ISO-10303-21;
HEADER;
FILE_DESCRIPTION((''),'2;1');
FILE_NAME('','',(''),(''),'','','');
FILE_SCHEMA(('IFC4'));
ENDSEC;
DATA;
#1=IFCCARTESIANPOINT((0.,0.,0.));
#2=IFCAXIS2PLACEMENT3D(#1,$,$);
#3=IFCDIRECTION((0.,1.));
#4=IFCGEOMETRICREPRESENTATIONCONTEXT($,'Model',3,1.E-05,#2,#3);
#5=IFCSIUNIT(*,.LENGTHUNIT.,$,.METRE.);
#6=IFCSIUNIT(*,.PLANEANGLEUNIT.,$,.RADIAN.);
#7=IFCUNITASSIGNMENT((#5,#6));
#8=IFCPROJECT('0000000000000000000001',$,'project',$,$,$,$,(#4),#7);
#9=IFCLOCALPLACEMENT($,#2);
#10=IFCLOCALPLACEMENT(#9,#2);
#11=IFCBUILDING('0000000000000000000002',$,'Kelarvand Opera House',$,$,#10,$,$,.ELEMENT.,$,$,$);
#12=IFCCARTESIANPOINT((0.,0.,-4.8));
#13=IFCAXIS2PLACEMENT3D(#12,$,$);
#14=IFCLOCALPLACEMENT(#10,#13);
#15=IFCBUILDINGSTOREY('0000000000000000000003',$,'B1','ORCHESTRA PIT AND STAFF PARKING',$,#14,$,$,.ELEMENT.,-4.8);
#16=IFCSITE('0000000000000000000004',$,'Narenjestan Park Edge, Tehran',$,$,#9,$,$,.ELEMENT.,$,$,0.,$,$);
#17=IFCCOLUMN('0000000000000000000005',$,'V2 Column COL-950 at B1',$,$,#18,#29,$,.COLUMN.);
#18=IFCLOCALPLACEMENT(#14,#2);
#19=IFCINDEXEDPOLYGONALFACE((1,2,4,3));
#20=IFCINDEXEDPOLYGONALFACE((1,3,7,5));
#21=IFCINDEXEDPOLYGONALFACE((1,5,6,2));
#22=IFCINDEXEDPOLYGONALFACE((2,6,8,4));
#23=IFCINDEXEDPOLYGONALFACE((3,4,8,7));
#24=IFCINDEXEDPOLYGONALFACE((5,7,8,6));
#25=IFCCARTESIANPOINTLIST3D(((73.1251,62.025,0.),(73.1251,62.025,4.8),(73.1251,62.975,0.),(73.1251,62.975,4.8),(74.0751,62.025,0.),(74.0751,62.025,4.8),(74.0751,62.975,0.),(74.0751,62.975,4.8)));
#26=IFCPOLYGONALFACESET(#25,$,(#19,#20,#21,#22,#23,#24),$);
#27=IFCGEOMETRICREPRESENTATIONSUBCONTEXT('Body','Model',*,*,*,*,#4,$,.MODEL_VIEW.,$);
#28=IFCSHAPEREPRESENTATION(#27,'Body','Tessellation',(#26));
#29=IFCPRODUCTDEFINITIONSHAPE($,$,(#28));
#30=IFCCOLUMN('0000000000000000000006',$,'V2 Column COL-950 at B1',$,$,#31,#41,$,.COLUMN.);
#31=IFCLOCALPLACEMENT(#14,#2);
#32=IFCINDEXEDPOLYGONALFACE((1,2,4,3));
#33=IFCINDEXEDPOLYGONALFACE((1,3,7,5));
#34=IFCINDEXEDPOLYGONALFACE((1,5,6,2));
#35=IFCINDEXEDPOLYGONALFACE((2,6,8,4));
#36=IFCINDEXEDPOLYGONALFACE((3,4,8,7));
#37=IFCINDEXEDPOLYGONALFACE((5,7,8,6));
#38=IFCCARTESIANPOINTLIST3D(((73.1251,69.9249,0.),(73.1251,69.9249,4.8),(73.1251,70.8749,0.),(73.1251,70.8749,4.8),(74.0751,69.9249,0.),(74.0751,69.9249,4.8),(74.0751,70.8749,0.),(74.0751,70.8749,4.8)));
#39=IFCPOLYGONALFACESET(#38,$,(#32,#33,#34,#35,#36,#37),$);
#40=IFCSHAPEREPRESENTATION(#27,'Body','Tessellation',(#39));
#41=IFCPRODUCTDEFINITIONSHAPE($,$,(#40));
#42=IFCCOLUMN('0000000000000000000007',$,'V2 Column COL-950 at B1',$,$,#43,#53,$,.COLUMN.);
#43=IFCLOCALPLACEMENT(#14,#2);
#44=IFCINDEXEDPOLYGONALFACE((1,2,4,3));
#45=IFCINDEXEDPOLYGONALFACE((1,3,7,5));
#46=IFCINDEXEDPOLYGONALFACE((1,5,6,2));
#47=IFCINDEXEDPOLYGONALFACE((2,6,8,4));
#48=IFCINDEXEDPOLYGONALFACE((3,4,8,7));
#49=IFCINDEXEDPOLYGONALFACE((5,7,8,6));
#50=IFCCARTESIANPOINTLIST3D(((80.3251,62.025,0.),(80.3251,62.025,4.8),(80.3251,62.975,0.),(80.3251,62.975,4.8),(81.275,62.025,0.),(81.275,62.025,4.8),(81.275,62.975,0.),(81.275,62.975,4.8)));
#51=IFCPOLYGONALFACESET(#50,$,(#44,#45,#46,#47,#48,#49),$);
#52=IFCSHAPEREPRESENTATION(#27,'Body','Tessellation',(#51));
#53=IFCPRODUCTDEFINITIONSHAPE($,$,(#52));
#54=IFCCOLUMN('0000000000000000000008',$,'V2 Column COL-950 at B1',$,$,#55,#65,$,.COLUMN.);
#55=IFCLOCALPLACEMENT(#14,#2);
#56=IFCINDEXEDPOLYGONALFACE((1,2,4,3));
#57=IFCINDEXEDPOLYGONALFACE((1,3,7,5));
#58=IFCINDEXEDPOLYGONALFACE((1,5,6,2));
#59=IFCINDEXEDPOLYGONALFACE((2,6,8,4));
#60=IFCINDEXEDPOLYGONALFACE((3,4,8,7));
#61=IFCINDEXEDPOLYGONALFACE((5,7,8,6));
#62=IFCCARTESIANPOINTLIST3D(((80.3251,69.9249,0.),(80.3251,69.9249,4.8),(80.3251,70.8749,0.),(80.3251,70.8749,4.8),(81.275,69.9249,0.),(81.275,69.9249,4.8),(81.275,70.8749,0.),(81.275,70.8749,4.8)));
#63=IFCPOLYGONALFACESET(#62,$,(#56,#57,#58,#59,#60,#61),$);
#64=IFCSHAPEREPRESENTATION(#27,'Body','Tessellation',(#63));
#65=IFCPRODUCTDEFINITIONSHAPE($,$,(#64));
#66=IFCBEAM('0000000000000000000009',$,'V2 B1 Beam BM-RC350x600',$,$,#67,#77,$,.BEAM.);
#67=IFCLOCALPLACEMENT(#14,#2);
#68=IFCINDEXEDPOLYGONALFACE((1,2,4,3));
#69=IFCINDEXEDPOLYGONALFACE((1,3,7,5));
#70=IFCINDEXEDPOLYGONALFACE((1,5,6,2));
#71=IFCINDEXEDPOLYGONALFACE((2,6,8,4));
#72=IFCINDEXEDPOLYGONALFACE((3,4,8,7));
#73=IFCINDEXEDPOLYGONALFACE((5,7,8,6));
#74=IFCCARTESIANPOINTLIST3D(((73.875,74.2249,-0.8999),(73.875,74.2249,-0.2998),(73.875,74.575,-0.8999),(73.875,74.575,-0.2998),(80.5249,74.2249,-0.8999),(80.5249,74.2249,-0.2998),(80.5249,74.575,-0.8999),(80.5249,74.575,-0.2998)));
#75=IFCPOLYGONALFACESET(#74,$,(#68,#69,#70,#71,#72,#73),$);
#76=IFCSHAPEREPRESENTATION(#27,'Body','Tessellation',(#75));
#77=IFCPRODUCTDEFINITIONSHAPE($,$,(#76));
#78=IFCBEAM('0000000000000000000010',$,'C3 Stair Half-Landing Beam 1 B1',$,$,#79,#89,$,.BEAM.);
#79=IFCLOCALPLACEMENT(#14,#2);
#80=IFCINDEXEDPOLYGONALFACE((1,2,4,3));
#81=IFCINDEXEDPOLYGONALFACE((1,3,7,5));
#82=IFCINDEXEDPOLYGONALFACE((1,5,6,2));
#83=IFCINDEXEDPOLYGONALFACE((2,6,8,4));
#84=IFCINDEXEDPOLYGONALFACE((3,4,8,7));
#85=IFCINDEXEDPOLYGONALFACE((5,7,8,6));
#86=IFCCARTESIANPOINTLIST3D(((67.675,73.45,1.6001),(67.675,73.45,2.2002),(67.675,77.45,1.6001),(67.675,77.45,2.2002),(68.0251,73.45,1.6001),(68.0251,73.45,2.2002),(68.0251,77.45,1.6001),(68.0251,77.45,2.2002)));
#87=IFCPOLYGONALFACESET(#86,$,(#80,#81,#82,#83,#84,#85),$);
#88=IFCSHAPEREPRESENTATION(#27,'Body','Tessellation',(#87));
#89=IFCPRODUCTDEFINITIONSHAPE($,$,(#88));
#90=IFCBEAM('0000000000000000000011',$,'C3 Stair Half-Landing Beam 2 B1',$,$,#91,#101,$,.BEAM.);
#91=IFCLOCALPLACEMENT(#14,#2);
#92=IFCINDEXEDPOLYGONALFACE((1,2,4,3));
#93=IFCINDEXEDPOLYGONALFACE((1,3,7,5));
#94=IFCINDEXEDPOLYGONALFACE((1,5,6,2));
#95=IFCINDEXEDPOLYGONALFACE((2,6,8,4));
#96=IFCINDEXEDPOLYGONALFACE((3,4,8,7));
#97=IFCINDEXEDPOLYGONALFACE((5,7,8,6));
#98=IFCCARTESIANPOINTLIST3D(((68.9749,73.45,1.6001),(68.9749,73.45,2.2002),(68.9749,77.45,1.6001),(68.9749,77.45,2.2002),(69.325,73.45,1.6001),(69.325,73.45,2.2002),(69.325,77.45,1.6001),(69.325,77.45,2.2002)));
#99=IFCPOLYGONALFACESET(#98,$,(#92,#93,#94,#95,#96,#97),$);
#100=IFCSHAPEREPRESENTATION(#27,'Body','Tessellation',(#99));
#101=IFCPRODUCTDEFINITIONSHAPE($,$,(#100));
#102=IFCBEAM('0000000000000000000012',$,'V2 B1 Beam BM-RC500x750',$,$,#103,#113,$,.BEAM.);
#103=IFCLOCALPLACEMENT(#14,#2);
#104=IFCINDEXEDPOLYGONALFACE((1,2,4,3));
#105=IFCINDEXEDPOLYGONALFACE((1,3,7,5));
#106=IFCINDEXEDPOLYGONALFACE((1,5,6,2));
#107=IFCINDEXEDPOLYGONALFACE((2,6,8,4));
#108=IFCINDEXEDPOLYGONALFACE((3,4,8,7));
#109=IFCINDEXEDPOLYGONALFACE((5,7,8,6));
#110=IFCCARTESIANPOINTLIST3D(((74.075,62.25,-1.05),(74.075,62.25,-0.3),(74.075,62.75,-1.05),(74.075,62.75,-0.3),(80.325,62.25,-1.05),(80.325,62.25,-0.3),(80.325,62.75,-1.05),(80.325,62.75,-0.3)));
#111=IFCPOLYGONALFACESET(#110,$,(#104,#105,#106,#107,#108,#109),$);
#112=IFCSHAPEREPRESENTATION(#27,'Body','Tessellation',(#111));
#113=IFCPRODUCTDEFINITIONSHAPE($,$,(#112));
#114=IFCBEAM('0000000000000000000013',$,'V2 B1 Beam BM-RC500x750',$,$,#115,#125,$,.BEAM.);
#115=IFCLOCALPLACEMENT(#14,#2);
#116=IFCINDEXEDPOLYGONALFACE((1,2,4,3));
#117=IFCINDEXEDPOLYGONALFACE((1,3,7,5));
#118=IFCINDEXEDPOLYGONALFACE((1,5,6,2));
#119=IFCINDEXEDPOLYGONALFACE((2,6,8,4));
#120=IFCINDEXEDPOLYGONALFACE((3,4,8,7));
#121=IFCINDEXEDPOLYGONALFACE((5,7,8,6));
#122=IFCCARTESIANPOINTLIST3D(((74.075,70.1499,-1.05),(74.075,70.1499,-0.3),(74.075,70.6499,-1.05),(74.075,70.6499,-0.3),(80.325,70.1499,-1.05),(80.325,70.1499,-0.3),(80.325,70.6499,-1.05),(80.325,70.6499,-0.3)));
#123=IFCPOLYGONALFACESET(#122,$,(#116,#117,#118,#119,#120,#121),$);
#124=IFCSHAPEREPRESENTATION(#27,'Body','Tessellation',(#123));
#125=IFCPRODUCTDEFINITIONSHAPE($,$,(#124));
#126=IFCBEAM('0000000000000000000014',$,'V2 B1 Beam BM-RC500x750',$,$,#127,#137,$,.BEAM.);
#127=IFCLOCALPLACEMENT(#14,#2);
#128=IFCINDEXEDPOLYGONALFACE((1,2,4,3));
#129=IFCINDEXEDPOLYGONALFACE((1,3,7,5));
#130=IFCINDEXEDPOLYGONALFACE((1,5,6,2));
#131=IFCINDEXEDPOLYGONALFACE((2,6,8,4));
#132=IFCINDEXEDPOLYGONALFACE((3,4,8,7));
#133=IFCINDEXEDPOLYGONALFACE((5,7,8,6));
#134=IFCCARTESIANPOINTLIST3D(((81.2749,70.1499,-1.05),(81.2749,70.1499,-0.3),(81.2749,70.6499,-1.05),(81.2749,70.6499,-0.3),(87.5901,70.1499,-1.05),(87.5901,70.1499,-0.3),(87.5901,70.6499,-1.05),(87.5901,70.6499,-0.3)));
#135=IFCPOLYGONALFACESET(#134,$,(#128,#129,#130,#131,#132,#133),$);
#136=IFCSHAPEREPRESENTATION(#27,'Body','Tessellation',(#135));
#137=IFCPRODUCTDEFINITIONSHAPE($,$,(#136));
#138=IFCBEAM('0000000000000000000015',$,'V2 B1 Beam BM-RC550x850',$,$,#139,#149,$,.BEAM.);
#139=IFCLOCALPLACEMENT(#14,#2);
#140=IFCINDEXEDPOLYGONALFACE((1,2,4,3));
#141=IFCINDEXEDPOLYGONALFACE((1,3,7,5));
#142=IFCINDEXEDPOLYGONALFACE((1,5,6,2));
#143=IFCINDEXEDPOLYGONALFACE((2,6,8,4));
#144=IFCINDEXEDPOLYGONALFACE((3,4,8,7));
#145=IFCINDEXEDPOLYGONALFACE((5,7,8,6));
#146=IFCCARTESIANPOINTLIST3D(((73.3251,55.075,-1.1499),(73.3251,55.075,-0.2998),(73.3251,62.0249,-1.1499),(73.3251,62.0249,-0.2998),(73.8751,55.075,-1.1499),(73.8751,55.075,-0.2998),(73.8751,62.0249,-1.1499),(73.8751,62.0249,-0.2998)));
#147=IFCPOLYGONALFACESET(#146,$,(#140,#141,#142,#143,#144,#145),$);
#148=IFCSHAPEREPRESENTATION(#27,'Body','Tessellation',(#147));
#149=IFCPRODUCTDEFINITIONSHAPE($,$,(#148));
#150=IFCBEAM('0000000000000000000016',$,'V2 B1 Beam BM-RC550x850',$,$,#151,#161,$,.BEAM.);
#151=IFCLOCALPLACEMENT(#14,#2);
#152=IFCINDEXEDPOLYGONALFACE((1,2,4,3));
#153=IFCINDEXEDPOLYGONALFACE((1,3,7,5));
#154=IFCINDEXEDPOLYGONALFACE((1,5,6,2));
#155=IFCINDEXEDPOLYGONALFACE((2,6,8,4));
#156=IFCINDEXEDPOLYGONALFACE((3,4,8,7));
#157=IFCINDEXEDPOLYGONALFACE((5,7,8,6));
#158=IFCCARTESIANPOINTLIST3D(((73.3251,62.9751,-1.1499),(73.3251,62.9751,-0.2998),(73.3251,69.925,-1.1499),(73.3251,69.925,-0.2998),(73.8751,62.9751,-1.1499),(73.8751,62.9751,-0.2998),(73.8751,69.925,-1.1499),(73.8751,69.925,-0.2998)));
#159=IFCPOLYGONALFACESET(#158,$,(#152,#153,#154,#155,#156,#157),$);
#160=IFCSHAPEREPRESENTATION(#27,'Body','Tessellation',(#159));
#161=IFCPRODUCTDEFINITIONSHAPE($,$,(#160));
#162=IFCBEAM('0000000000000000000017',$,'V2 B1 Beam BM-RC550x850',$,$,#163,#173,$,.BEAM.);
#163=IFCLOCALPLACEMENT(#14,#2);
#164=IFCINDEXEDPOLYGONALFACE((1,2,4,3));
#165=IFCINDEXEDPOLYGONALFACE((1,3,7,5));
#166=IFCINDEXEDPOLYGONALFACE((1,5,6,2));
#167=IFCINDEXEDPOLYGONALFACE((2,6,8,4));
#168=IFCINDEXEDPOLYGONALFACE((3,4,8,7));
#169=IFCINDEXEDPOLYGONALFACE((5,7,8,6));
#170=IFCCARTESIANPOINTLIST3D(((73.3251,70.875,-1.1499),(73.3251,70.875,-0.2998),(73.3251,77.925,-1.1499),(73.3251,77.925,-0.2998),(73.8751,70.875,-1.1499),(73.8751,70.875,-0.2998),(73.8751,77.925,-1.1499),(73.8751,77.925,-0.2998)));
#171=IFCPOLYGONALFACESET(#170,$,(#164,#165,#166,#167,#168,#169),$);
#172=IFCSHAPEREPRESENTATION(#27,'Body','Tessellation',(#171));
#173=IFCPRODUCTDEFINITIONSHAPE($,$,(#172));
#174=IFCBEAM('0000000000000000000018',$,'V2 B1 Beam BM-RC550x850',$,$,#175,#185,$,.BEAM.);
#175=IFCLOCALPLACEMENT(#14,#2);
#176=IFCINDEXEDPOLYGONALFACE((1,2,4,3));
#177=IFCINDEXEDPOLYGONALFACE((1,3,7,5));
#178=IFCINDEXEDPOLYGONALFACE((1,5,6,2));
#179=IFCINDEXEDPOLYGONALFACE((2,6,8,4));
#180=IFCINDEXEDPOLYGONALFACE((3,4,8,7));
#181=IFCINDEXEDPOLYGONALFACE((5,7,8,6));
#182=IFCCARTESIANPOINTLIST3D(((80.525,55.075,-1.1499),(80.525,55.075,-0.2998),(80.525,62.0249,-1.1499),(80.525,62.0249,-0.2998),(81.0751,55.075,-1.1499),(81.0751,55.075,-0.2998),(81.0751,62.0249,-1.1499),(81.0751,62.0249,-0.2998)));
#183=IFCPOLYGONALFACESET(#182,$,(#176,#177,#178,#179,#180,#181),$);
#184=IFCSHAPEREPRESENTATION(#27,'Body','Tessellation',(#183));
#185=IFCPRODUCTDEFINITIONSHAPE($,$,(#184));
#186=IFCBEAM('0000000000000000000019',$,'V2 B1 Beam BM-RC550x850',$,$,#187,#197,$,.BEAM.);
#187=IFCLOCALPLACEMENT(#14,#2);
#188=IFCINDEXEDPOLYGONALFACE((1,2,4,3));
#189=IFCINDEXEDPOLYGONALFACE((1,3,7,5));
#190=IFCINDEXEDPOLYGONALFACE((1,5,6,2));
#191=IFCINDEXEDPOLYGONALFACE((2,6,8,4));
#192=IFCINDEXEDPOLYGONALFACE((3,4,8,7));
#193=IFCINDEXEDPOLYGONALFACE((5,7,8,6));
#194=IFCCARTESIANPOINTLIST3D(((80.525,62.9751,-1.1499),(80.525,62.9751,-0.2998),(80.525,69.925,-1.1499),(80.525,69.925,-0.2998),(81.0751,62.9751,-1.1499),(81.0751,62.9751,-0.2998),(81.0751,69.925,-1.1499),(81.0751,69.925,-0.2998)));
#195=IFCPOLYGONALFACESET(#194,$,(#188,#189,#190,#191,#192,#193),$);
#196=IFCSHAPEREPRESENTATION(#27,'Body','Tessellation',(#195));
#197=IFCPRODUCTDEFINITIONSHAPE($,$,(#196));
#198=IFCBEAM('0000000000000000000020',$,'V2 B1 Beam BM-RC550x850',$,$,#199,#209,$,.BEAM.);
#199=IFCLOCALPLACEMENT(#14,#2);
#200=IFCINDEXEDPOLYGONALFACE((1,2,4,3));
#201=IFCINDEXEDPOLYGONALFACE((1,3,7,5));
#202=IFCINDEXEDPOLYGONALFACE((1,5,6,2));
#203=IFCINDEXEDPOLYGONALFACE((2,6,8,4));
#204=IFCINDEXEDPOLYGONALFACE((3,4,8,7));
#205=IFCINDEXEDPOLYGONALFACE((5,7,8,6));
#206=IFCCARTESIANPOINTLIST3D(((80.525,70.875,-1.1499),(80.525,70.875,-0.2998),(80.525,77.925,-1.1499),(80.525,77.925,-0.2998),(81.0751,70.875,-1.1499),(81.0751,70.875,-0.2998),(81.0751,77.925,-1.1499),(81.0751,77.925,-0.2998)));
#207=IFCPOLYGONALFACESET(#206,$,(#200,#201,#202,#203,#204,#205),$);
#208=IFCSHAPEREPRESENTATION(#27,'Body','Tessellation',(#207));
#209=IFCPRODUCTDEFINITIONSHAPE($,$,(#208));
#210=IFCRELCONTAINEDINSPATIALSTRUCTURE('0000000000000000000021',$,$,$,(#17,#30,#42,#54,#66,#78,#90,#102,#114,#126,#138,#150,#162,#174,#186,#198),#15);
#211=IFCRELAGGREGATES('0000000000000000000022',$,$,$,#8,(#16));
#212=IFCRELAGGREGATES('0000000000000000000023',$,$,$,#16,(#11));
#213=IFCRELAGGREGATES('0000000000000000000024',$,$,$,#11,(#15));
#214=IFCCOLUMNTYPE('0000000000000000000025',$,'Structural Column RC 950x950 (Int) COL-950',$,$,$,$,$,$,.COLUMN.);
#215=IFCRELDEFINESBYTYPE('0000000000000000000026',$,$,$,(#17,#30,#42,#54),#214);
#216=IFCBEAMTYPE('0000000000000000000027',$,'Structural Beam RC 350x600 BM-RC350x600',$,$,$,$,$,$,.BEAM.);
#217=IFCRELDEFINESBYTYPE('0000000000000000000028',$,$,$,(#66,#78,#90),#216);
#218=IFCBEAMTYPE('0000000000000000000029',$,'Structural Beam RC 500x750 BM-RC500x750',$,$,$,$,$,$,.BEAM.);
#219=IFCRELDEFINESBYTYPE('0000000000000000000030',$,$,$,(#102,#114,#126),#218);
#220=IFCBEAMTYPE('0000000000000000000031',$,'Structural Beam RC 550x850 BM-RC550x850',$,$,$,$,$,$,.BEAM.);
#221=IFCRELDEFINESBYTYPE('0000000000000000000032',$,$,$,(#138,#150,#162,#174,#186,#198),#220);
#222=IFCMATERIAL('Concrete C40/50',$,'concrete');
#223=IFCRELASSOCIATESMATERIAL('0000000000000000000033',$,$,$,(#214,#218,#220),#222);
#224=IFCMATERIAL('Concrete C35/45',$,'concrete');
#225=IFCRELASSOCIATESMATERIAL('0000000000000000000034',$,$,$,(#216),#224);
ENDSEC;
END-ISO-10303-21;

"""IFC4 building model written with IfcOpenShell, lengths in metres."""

from ifc_helpers import new_model, si_unit, direction, frame, origin, origin_2d, place, context, subcontext, project, spatial, rectangle, extrude, material, material_profile, profile_set, type_object, element, save


model = new_model("IFC4")

# Units and contexts
model_context = context("Model", 3, precision=1e-05, world=origin(), true_north=direction((0.0, 1.0)))
body_context = subcontext(model_context, "Body", "Model", "MODEL_VIEW")
ifc_project = project(units=[si_unit("LENGTHUNIT", "METRE"), si_unit("PLANEANGLEUNIT", "RADIAN")], contexts=[model_context])

# Site, building, storey
site_placement = place(None, origin())
site = spatial("IfcSite", under=ifc_project, at=site_placement, Name="Narenjestan Park Edge, Tehran", CompositionType="ELEMENT", RefElevation=0.0)
building_placement = place(site_placement, origin())
building = spatial("IfcBuilding", under=site, at=building_placement, Name="Kelarvand Opera House", CompositionType="ELEMENT")
storey_placement = place(building_placement, frame((0.0, 0.0, -4.8)))
storey = spatial("IfcBuildingStorey", under=building, at=storey_placement, Name="B1", Description="ORCHESTRA PIT AND STAFF PARKING", CompositionType="ELEMENT", Elevation=-4.8)

# Columns
ifc_material_1 = material(Name="Concrete C40/50", Category="concrete")
ifc_material_profile_1 = material_profile(ifc_material_1, rectangle(XDim=0.95, YDim=0.95, at=origin_2d()), Name="RC 950x950", Category="concrete")
ifc_profile_set_1 = profile_set([ifc_material_profile_1], Name="Concrete C40/50")
column_type = type_object("IfcColumnType", Name="Structural Column RC 950x950 (Int) COL-950", PredefinedType="COLUMN", material=ifc_profile_set_1)
for number, where, z_axis, x_axis, name in (
    (1, (73.6001, 62.5, 0.0), (0.0, 0.0, 1.0), (1.0, 0.0, 0.0), "V2 Column COL-950 at B1"),
    (2, (73.6001, 70.3999, 0.0), (0.0, 0.0, 1.0), (1.0, 0.0, 0.0), "V2 Column COL-950 at B1"),
    (3, (80.8, 62.5, 0.0), (0.0, 0.0, 1.0), (1.0, 0.0, 0.0), "V2 Column COL-950 at B1"),
    (4, (80.8, 70.3999, 0.0), (0.0, 0.0, 1.0), (1.0, 0.0, 0.0), "V2 Column COL-950 at B1"),
):
    element("IfcColumn", number, at=place(storey_placement, frame(where, z_axis=z_axis, x_axis=x_axis)), inside=storey, type_object=column_type, Name=name, PredefinedType="COLUMN", context=body_context, shape_type="SweptSolid", body=[
        extrude(rectangle(XDim=0.95, YDim=0.95, at=origin_2d()), origin(), (0.0, 0.0, 1.0), 4.8),
    ])

# Beams
ifc_material_2 = material(Name="Concrete C35/45", Category="concrete")
ifc_material_profile_2 = material_profile(ifc_material_2, rectangle(XDim=0.3501, YDim=0.6001, at=origin_2d()), Name="RC 350x600", Category="concrete")
ifc_profile_set_2 = profile_set([ifc_material_profile_2], Name="Concrete C35/45")
beam_type_1 = type_object("IfcBeamType", Name="Structural Beam RC 350x600 BM-RC350x600", PredefinedType="BEAM", material=ifc_profile_set_2)
beam_1_placement = place(storey_placement, frame((73.875, 74.3999, -0.5999), z_axis=(1.0, 0.0, 0.0), x_axis=(0.0, 1.0, 0.0)))
element("IfcBeam", 5, at=beam_1_placement, inside=storey, type_object=beam_type_1, Name="V2 B1 Beam BM-RC350x600", PredefinedType="BEAM", context=body_context, shape_type="SweptSolid", body=[
    extrude(rectangle(XDim=0.3501, YDim=0.6001, at=origin_2d()), origin(), (0.0, 0.0, 1.0), 6.6499),
])
for number, where, z_axis, x_axis, name in (
    (6, (67.8501, 73.45, 1.9001), (0.0, 1.0, 0.0), (-1.0, 0.0, 0.0), "C3 Stair Half-Landing Beam 1 B1"),
    (7, (69.1499, 73.45, 1.9001), (0.0, 1.0, 0.0), (-1.0, 0.0, 0.0), "C3 Stair Half-Landing Beam 2 B1"),
):
    element("IfcBeam", number, at=place(storey_placement, frame(where, z_axis=z_axis, x_axis=x_axis)), inside=storey, type_object=beam_type_1, Name=name, PredefinedType="BEAM", context=body_context, shape_type="SweptSolid", body=[
        extrude(rectangle(XDim=0.3501, YDim=0.6001, at=origin_2d()), origin(), (0.0, 0.0, 1.0), 4.0),
    ])
ifc_material_profile_3 = material_profile(ifc_material_1, rectangle(XDim=0.5, YDim=0.75, at=origin_2d()), Name="RC 500x750", Category="concrete")
ifc_profile_set_3 = profile_set([ifc_material_profile_3], Name="Concrete C40/50")
beam_type_2 = type_object("IfcBeamType", Name="Structural Beam RC 500x750 BM-RC500x750", PredefinedType="BEAM", material=ifc_profile_set_3)
for number, where, z_axis, x_axis, name in (
    (8, (74.075, 62.5, -0.675), (1.0, 0.0, 0.0), (0.0, 1.0, 0.0), "V2 B1 Beam BM-RC500x750"),
    (9, (74.075, 70.3999, -0.675), (1.0, 0.0, 0.0), (0.0, 1.0, 0.0), "V2 B1 Beam BM-RC500x750"),
):
    element("IfcBeam", number, at=place(storey_placement, frame(where, z_axis=z_axis, x_axis=x_axis)), inside=storey, type_object=beam_type_2, Name=name, PredefinedType="BEAM", context=body_context, shape_type="SweptSolid", body=[
        extrude(rectangle(XDim=0.5, YDim=0.75, at=origin_2d()), origin(), (0.0, 0.0, 1.0), 6.25),
    ])
beam_2_placement = place(storey_placement, frame((81.2749, 70.3999, -0.675), z_axis=(1.0, 0.0, 0.0), x_axis=(0.0, 1.0, 0.0)))
element("IfcBeam", 10, at=beam_2_placement, inside=storey, type_object=beam_type_2, Name="V2 B1 Beam BM-RC500x750", PredefinedType="BEAM", context=body_context, shape_type="SweptSolid", body=[
    extrude(rectangle(XDim=0.5, YDim=0.75, at=origin_2d()), origin(), (0.0, 0.0, 1.0), 6.3152),
])
ifc_material_profile_4 = material_profile(ifc_material_1, rectangle(XDim=0.55, YDim=0.8501, at=origin_2d()), Name="RC 550x850", Category="concrete")
ifc_profile_set_4 = profile_set([ifc_material_profile_4], Name="Concrete C40/50")
beam_type_3 = type_object("IfcBeamType", Name="Structural Beam RC 550x850 BM-RC550x850", PredefinedType="BEAM", material=ifc_profile_set_4)
for number, where, z_axis, x_axis, name in (
    (11, (73.6001, 55.075, -0.7249), (0.0, 1.0, 0.0), (-1.0, 0.0, 0.0), "V2 B1 Beam BM-RC550x850"),
    (12, (73.6001, 62.9751, -0.7249), (0.0, 1.0, 0.0), (-1.0, 0.0, 0.0), "V2 B1 Beam BM-RC550x850"),
):
    element("IfcBeam", number, at=place(storey_placement, frame(where, z_axis=z_axis, x_axis=x_axis)), inside=storey, type_object=beam_type_3, Name=name, PredefinedType="BEAM", context=body_context, shape_type="SweptSolid", body=[
        extrude(rectangle(XDim=0.55, YDim=0.8501, at=origin_2d()), origin(), (0.0, 0.0, 1.0), 6.95),
    ])
beam_3_placement = place(storey_placement, frame((73.6001, 70.875, -0.7249), z_axis=(0.0, 1.0, 0.0), x_axis=(-1.0, 0.0, 0.0)))
element("IfcBeam", 13, at=beam_3_placement, inside=storey, type_object=beam_type_3, Name="V2 B1 Beam BM-RC550x850", PredefinedType="BEAM", context=body_context, shape_type="SweptSolid", body=[
    extrude(rectangle(XDim=0.55, YDim=0.8501, at=origin_2d()), origin(), (0.0, 0.0, 1.0), 7.05),
])
for number, where, z_axis, x_axis, name in (
    (14, (80.8, 55.075, -0.7249), (0.0, 1.0, 0.0), (-1.0, 0.0, 0.0), "V2 B1 Beam BM-RC550x850"),
    (15, (80.8, 62.9751, -0.7249), (0.0, 1.0, 0.0), (-1.0, 0.0, 0.0), "V2 B1 Beam BM-RC550x850"),
):
    element("IfcBeam", number, at=place(storey_placement, frame(where, z_axis=z_axis, x_axis=x_axis)), inside=storey, type_object=beam_type_3, Name=name, PredefinedType="BEAM", context=body_context, shape_type="SweptSolid", body=[
        extrude(rectangle(XDim=0.55, YDim=0.8501, at=origin_2d()), origin(), (0.0, 0.0, 1.0), 6.95),
    ])
beam_4_placement = place(storey_placement, frame((80.8, 70.875, -0.7249), z_axis=(0.0, 1.0, 0.0), x_axis=(-1.0, 0.0, 0.0)))
element("IfcBeam", 16, at=beam_4_placement, inside=storey, type_object=beam_type_3, Name="V2 B1 Beam BM-RC550x850", PredefinedType="BEAM", context=body_context, shape_type="SweptSolid", body=[
    extrude(rectangle(XDim=0.55, YDim=0.8501, at=origin_2d()), origin(), (0.0, 0.0, 1.0), 7.05),
])

save(model, "model.ifc")
